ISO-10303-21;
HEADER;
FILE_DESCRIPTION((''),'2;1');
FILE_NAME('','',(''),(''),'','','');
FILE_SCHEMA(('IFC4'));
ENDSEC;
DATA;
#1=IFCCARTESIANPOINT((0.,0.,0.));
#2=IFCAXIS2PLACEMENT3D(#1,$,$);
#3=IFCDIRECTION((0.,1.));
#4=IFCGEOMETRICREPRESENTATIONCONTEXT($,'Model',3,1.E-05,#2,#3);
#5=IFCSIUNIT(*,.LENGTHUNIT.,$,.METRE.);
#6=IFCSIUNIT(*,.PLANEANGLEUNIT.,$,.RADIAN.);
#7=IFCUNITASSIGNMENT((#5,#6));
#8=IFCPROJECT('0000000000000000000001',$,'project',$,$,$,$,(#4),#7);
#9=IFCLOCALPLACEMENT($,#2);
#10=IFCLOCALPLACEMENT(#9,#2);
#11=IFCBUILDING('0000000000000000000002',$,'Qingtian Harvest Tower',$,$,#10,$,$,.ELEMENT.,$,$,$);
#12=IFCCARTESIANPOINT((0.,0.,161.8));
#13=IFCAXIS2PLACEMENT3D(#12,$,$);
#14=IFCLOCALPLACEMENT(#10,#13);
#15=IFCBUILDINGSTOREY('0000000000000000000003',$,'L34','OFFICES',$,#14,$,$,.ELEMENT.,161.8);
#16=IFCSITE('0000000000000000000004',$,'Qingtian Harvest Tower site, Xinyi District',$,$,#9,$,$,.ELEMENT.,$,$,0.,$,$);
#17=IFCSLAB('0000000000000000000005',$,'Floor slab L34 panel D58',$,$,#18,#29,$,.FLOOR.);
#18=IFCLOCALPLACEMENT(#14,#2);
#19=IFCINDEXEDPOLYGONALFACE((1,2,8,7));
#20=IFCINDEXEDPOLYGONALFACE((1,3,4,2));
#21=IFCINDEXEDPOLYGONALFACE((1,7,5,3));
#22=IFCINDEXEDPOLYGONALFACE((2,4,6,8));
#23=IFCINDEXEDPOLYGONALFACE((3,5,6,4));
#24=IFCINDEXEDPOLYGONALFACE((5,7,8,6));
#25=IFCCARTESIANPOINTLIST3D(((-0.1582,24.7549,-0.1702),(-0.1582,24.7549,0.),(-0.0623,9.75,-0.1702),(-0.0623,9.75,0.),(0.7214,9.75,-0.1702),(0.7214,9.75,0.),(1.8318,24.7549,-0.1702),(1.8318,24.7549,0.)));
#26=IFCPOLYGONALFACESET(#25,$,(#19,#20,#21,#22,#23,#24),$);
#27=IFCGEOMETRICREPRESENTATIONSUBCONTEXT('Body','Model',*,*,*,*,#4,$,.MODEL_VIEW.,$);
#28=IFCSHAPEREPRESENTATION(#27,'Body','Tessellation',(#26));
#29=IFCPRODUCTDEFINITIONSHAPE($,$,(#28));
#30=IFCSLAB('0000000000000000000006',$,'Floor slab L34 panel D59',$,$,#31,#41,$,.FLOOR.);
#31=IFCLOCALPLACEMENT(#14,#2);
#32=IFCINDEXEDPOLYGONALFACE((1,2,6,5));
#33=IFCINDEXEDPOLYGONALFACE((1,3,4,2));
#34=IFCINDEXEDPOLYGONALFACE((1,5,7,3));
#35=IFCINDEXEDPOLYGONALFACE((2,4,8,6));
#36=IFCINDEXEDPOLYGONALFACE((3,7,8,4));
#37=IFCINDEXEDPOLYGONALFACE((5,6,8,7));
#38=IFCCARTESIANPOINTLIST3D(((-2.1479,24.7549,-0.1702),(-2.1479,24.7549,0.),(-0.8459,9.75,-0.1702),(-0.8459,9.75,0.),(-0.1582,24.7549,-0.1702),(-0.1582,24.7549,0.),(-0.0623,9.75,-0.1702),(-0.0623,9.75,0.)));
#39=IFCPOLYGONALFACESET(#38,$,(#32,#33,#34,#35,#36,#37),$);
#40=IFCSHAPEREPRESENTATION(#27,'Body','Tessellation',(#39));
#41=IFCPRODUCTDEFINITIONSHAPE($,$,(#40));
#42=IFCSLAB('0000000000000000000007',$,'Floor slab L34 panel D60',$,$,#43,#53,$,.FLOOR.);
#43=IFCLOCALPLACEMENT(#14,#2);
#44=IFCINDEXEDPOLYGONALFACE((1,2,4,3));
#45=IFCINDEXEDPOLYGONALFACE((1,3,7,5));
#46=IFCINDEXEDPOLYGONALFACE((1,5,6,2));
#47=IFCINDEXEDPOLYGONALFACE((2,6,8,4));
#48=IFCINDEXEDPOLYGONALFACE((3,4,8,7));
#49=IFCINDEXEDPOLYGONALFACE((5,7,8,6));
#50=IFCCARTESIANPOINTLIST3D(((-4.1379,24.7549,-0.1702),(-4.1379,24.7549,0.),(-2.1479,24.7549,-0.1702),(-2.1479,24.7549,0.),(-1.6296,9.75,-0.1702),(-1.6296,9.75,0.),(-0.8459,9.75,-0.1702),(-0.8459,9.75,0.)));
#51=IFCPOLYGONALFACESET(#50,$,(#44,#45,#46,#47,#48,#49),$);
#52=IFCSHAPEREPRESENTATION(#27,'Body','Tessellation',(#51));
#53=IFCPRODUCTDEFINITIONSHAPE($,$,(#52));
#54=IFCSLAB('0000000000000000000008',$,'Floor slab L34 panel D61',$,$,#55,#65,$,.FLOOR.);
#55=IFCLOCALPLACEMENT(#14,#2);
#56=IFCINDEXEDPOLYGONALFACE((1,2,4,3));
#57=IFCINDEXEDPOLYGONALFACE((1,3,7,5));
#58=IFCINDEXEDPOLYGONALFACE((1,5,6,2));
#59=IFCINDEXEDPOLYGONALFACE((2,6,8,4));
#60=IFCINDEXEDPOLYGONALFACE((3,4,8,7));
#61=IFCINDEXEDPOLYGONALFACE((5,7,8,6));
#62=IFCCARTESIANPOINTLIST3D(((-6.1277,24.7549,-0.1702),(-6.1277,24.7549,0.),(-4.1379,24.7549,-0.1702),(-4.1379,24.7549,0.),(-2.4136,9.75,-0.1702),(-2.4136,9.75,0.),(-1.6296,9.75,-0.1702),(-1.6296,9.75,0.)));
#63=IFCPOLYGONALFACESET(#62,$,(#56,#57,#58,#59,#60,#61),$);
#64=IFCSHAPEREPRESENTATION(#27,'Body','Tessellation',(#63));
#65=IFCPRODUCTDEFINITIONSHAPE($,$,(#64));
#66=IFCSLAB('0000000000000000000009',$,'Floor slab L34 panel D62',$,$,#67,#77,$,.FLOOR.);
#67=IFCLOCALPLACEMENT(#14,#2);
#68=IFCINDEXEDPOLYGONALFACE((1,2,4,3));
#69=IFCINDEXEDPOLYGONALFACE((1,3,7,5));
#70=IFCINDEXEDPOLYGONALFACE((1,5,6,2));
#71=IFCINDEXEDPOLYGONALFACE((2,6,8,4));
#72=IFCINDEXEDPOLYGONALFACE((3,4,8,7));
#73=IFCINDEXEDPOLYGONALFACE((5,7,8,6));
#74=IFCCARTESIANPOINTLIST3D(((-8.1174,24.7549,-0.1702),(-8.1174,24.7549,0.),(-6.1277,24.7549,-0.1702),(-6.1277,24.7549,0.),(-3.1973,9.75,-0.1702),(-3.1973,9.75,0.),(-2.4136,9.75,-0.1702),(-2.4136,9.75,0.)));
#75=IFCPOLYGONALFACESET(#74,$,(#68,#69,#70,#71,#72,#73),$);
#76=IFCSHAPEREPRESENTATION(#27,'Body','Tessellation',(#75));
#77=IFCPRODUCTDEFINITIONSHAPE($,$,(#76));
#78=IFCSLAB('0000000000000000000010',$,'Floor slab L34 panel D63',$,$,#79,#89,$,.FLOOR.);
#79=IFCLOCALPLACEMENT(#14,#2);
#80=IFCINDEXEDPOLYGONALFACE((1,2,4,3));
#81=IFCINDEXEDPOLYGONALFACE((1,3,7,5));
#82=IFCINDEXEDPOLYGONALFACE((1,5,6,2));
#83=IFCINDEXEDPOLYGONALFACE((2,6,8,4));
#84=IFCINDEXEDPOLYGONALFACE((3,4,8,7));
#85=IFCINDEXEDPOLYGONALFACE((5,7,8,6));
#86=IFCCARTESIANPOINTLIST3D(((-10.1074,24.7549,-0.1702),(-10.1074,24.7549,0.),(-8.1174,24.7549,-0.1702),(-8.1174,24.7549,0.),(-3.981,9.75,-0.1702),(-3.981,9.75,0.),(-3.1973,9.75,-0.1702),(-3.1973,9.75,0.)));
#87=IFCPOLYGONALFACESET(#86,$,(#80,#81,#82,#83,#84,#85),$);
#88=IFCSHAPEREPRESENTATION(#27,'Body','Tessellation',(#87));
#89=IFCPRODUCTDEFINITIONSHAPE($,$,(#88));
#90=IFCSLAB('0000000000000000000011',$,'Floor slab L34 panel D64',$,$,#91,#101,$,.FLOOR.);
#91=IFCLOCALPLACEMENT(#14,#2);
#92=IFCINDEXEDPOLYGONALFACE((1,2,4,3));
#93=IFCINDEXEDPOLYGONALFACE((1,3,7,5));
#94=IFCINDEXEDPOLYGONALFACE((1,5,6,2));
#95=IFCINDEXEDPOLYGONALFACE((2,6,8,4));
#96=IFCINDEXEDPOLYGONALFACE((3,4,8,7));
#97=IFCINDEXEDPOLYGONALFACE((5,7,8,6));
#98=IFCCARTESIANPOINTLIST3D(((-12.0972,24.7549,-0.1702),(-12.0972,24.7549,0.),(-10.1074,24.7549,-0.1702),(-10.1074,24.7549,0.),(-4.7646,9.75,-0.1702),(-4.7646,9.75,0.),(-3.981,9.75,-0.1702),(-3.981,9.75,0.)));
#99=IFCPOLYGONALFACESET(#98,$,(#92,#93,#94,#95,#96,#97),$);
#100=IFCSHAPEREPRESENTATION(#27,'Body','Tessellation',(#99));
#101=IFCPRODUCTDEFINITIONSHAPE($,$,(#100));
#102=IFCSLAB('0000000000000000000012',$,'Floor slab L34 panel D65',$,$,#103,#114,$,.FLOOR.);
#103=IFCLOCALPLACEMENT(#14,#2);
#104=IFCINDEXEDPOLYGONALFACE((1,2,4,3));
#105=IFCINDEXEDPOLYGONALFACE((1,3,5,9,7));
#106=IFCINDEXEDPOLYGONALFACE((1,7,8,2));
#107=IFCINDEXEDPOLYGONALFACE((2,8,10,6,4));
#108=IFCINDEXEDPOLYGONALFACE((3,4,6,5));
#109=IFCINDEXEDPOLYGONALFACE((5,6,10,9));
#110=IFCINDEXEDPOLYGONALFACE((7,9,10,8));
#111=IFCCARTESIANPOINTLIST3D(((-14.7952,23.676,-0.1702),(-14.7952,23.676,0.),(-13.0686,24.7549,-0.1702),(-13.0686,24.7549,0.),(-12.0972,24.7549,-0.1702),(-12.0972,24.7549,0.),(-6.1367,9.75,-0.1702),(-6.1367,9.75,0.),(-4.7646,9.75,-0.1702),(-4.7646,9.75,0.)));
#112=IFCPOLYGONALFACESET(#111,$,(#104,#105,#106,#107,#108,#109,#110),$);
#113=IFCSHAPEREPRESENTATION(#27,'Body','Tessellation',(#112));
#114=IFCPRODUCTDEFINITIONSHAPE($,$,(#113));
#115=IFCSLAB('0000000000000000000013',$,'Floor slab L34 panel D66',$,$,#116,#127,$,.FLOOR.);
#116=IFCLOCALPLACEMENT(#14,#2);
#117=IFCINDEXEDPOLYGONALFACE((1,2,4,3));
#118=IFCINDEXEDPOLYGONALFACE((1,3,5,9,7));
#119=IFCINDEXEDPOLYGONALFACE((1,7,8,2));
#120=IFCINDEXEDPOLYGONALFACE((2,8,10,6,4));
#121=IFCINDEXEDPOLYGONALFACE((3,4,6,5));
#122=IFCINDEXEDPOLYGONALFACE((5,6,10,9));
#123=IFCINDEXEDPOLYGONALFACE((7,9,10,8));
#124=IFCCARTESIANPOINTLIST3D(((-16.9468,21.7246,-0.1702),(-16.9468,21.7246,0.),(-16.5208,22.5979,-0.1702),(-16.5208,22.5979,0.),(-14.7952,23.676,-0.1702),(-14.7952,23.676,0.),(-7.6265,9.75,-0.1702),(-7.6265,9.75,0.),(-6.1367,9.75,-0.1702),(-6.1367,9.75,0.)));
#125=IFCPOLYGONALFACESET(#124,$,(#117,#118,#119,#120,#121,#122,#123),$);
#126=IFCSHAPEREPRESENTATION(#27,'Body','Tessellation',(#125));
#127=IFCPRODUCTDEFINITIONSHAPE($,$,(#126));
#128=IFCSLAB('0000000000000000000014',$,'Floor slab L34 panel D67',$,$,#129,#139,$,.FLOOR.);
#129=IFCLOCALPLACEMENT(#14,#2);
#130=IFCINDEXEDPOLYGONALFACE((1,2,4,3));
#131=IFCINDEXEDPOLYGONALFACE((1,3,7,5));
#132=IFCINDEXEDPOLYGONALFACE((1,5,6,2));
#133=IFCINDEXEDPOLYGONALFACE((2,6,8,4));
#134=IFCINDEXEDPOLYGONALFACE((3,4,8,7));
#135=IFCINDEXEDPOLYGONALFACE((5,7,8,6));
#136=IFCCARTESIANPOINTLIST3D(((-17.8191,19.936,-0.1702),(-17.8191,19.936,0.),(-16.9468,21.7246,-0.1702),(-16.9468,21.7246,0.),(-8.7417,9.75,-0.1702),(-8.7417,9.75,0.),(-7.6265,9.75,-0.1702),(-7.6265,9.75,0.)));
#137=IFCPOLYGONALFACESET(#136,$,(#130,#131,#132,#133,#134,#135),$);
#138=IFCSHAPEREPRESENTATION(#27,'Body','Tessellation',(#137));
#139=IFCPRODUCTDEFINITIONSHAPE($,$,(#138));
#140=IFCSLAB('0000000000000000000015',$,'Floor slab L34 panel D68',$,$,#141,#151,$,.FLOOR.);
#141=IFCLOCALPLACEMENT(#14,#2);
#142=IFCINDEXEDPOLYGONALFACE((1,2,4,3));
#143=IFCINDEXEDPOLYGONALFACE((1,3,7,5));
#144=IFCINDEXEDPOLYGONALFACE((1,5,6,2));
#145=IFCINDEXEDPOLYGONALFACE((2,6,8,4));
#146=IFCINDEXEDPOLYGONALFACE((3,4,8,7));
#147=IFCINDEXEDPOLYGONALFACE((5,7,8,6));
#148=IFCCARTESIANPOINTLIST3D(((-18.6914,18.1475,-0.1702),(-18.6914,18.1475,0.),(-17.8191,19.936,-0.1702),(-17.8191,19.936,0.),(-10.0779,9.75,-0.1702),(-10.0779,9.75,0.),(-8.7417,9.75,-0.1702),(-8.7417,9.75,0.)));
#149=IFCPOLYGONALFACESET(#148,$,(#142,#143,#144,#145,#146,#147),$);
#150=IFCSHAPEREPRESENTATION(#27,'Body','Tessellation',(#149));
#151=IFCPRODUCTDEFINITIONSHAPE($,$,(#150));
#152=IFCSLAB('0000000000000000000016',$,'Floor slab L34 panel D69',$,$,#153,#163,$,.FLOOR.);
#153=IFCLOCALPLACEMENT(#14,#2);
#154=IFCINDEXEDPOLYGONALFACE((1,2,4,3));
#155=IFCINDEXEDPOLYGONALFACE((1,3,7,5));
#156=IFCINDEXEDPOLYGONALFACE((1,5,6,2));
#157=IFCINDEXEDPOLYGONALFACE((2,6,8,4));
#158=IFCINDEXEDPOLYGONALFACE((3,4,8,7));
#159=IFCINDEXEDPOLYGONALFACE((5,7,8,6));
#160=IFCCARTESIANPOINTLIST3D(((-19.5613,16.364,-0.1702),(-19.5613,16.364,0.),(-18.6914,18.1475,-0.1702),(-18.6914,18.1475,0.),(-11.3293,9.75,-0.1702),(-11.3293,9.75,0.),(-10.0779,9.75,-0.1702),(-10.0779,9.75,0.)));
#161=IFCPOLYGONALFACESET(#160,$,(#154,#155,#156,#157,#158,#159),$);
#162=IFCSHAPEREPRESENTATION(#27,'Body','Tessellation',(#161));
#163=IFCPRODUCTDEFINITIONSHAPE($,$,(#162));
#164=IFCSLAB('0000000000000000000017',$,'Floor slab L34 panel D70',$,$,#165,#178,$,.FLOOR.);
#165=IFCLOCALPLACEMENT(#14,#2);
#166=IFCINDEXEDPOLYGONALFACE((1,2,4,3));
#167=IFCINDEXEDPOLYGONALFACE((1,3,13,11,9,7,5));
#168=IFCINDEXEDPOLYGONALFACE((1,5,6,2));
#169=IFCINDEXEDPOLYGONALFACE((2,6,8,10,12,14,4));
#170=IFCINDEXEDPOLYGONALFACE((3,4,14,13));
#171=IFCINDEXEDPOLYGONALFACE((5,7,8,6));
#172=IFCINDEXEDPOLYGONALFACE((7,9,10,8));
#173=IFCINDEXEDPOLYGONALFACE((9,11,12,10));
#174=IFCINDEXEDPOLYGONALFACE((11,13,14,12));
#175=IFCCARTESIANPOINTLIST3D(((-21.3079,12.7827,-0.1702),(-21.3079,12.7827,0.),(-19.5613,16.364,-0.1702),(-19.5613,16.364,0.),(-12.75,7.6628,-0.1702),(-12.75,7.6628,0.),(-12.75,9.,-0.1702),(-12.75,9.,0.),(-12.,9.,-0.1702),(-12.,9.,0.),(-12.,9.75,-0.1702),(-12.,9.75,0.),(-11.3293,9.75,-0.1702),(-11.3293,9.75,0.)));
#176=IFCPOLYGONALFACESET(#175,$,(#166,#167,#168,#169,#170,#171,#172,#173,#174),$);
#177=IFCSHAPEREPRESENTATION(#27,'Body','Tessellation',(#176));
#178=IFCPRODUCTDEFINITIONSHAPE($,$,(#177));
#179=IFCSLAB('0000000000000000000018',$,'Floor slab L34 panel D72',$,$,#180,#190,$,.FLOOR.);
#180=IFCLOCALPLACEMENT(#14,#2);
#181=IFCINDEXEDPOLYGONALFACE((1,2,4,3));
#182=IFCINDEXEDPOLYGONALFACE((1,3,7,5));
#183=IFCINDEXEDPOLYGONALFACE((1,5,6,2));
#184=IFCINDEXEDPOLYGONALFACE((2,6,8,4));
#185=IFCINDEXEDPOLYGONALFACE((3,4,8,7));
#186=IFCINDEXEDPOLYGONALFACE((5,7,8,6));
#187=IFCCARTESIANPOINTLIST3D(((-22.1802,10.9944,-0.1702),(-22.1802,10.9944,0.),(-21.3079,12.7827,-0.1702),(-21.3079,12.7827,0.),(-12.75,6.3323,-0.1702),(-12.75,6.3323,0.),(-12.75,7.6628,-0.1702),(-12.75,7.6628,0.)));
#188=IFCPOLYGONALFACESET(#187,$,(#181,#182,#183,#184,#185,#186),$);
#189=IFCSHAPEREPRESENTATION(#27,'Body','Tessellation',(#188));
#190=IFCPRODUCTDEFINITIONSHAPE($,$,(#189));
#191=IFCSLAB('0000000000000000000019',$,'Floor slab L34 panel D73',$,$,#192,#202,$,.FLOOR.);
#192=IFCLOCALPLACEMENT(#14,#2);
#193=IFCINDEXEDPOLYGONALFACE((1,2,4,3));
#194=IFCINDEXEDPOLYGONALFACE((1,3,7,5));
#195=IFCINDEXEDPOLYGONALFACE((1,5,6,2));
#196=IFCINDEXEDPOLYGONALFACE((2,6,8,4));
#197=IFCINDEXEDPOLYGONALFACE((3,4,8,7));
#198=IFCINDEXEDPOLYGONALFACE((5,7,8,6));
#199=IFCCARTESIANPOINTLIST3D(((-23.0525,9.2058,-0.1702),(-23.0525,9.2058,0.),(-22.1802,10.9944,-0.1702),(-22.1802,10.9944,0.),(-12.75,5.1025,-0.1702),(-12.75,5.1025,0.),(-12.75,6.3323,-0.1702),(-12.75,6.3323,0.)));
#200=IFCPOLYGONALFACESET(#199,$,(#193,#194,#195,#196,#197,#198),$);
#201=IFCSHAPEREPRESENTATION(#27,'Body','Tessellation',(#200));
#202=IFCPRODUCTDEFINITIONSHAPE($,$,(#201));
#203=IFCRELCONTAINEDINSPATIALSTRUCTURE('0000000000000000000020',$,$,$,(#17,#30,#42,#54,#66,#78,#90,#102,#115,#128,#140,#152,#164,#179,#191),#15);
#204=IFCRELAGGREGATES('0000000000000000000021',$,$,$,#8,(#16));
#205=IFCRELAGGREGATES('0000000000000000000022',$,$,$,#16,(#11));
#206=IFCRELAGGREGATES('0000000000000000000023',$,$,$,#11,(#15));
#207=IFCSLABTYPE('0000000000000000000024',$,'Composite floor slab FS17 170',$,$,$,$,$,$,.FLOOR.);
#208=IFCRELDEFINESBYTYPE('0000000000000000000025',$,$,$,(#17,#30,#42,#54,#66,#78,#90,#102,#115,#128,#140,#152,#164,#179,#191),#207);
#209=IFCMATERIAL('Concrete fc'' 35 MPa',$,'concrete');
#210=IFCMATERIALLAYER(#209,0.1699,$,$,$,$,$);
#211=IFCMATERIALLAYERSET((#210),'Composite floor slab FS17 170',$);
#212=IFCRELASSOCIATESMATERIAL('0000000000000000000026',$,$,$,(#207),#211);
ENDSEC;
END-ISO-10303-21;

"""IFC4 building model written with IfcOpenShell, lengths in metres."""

from ifc_helpers import new_model, si_unit, direction, frame, origin, place, context, subcontext, project, spatial, polyline, outline, extrude, material, layer, layer_set, type_object, element, save


model = new_model("IFC4")

# Units and contexts
model_context = context("Model", 3, precision=1e-05, world=origin(), true_north=direction((0.0, 1.0)))
body_context = subcontext(model_context, "Body", "Model", "MODEL_VIEW")
ifc_project = project(units=[si_unit("LENGTHUNIT", "METRE"), si_unit("PLANEANGLEUNIT", "RADIAN")], contexts=[model_context])

# Site, building, storey
site_placement = place(None, origin())
site = spatial("IfcSite", under=ifc_project, at=site_placement, Name="Qingtian Harvest Tower site, Xinyi District", CompositionType="ELEMENT", RefElevation=0.0)
building_placement = place(site_placement, origin())
building = spatial("IfcBuilding", under=site, at=building_placement, Name="Qingtian Harvest Tower", CompositionType="ELEMENT")
storey_placement = place(building_placement, frame((0.0, 0.0, 161.8)))
storey = spatial("IfcBuildingStorey", under=building, at=storey_placement, Name="L34", Description="OFFICES", CompositionType="ELEMENT", Elevation=161.8)

# Slabs
ifc_material_1 = material(Name="Concrete fc' 35 MPa", Category="concrete")
ifc_layer_1 = layer(ifc_material_1, 0.1699)
ifc_layer_set_1 = layer_set([ifc_layer_1], Name="Composite floor slab FS17 170")
slab_type = type_object("IfcSlabType", Name="Composite floor slab FS17 170", PredefinedType="FLOOR", material=ifc_layer_set_1)
slab_1_placement = place(storey_placement, frame((0.0, 0.0, -0.1702)))
element("IfcSlab", 1, at=slab_1_placement, inside=storey, type_object=slab_type, Name="Floor slab L34 panel D58", PredefinedType="FLOOR", context=body_context, shape_type="SweptSolid", body=[
    extrude(outline(polyline([(-0.0623, 9.75), (-0.1582, 24.7549), (1.8318, 24.7549), (0.7214, 9.75), (-0.0623, 9.75)])), origin(), (0.0, 0.0, 1.0), 0.1702),
])
slab_2_placement = place(storey_placement, frame((0.0, 0.0, -0.1702)))
element("IfcSlab", 2, at=slab_2_placement, inside=storey, type_object=slab_type, Name="Floor slab L34 panel D59", PredefinedType="FLOOR", context=body_context, shape_type="SweptSolid", body=[
    extrude(outline(polyline([(-0.8459, 9.75), (-2.1479, 24.7549), (-0.1582, 24.7549), (-0.0623, 9.75), (-0.8459, 9.75)])), origin(), (0.0, 0.0, 1.0), 0.1702),
])
slab_3_placement = place(storey_placement, frame((0.0, 0.0, -0.1702)))
element("IfcSlab", 3, at=slab_3_placement, inside=storey, type_object=slab_type, Name="Floor slab L34 panel D60", PredefinedType="FLOOR", context=body_context, shape_type="SweptSolid", body=[
    extrude(outline(polyline([(-1.6296, 9.75), (-4.1379, 24.7549), (-2.1479, 24.7549), (-0.8459, 9.75), (-1.6296, 9.75)])), origin(), (0.0, 0.0, 1.0), 0.1702),
])
slab_4_placement = place(storey_placement, frame((0.0, 0.0, -0.1702)))
element("IfcSlab", 4, at=slab_4_placement, inside=storey, type_object=slab_type, Name="Floor slab L34 panel D61", PredefinedType="FLOOR", context=body_context, shape_type="SweptSolid", body=[
    extrude(outline(polyline([(-2.4136, 9.75), (-6.1277, 24.7549), (-4.1379, 24.7549), (-1.6296, 9.75), (-2.4136, 9.75)])), origin(), (0.0, 0.0, 1.0), 0.1702),
])
slab_5_placement = place(storey_placement, frame((0.0, 0.0, -0.1702)))
element("IfcSlab", 5, at=slab_5_placement, inside=storey, type_object=slab_type, Name="Floor slab L34 panel D62", PredefinedType="FLOOR", context=body_context, shape_type="SweptSolid", body=[
    extrude(outline(polyline([(-3.1973, 9.75), (-8.1174, 24.7549), (-6.1277, 24.7549), (-2.4136, 9.75), (-3.1973, 9.75)])), origin(), (0.0, 0.0, 1.0), 0.1702),
])
slab_6_placement = place(storey_placement, frame((0.0, 0.0, -0.1702)))
element("IfcSlab", 6, at=slab_6_placement, inside=storey, type_object=slab_type, Name="Floor slab L34 panel D63", PredefinedType="FLOOR", context=body_context, shape_type="SweptSolid", body=[
    extrude(outline(polyline([(-3.981, 9.75), (-10.1074, 24.7549), (-8.1174, 24.7549), (-3.1973, 9.75), (-3.981, 9.75)])), origin(), (0.0, 0.0, 1.0), 0.1702),
])
slab_7_placement = place(storey_placement, frame((0.0, 0.0, -0.1702)))
element("IfcSlab", 7, at=slab_7_placement, inside=storey, type_object=slab_type, Name="Floor slab L34 panel D64", PredefinedType="FLOOR", context=body_context, shape_type="SweptSolid", body=[
    extrude(outline(polyline([(-4.7646, 9.75), (-12.0972, 24.7549), (-10.1074, 24.7549), (-3.981, 9.75), (-4.7646, 9.75)])), origin(), (0.0, 0.0, 1.0), 0.1702),
])
slab_8_placement = place(storey_placement, frame((0.0, 0.0, -0.1702)))
element("IfcSlab", 8, at=slab_8_placement, inside=storey, type_object=slab_type, Name="Floor slab L34 panel D65", PredefinedType="FLOOR", context=body_context, shape_type="SweptSolid", body=[
    extrude(outline(polyline([(-4.7646, 9.75), (-6.1367, 9.75), (-14.7952, 23.676), (-13.0686, 24.7549), (-12.0972, 24.7549), (-4.7646, 9.75)])), origin(), (0.0, 0.0, 1.0), 0.1702),
])
slab_9_placement = place(storey_placement, frame((0.0, 0.0, -0.1702)))
element("IfcSlab", 9, at=slab_9_placement, inside=storey, type_object=slab_type, Name="Floor slab L34 panel D66", PredefinedType="FLOOR", context=body_context, shape_type="SweptSolid", body=[
    extrude(outline(polyline([(-6.1367, 9.75), (-7.6265, 9.75), (-16.9468, 21.7246), (-16.5208, 22.5979), (-14.7952, 23.676), (-6.1367, 9.75)])), origin(), (0.0, 0.0, 1.0), 0.1702),
])
slab_10_placement = place(storey_placement, frame((0.0, 0.0, -0.1702)))
element("IfcSlab", 10, at=slab_10_placement, inside=storey, type_object=slab_type, Name="Floor slab L34 panel D67", PredefinedType="FLOOR", context=body_context, shape_type="SweptSolid", body=[
    extrude(outline(polyline([(-8.7417, 9.75), (-17.8191, 19.936), (-16.9468, 21.7246), (-7.6265, 9.75), (-8.7417, 9.75)])), origin(), (0.0, 0.0, 1.0), 0.1702),
])
slab_11_placement = place(storey_placement, frame((0.0, 0.0, -0.1702)))
element("IfcSlab", 11, at=slab_11_placement, inside=storey, type_object=slab_type, Name="Floor slab L34 panel D68", PredefinedType="FLOOR", context=body_context, shape_type="SweptSolid", body=[
    extrude(outline(polyline([(-10.0779, 9.75), (-18.6914, 18.1475), (-17.8191, 19.936), (-8.7417, 9.75), (-10.0779, 9.75)])), origin(), (0.0, 0.0, 1.0), 0.1702),
])
slab_12_placement = place(storey_placement, frame((0.0, 0.0, -0.1702)))
element("IfcSlab", 12, at=slab_12_placement, inside=storey, type_object=slab_type, Name="Floor slab L34 panel D69", PredefinedType="FLOOR", context=body_context, shape_type="SweptSolid", body=[
    extrude(outline(polyline([(-11.3293, 9.75), (-19.5613, 16.364), (-18.6914, 18.1475), (-10.0779, 9.75), (-11.3293, 9.75)])), origin(), (0.0, 0.0, 1.0), 0.1702),
])
slab_13_placement = place(storey_placement, frame((0.0, 0.0, -0.1702)))
element("IfcSlab", 13, at=slab_13_placement, inside=storey, type_object=slab_type, Name="Floor slab L34 panel D70", PredefinedType="FLOOR", context=body_context, shape_type="SweptSolid", body=[
    extrude(outline(polyline([(-12.0, 9.0), (-12.75, 9.0), (-12.75, 7.6628), (-21.3079, 12.7827), (-19.5613, 16.364), (-11.3293, 9.75), (-12.0, 9.75), (-12.0, 9.0)])), origin(), (0.0, 0.0, 1.0), 0.1702),
])
slab_14_placement = place(storey_placement, frame((0.0, 0.0, -0.1702)))
element("IfcSlab", 14, at=slab_14_placement, inside=storey, type_object=slab_type, Name="Floor slab L34 panel D72", PredefinedType="FLOOR", context=body_context, shape_type="SweptSolid", body=[
    extrude(outline(polyline([(-12.75, 6.3323), (-22.1802, 10.9944), (-21.3079, 12.7827), (-12.75, 7.6628), (-12.75, 6.3323)])), origin(), (0.0, 0.0, 1.0), 0.1702),
])
slab_15_placement = place(storey_placement, frame((0.0, 0.0, -0.1702)))
element("IfcSlab", 15, at=slab_15_placement, inside=storey, type_object=slab_type, Name="Floor slab L34 panel D73", PredefinedType="FLOOR", context=body_context, shape_type="SweptSolid", body=[
    extrude(outline(polyline([(-12.75, 5.1025), (-23.0525, 9.2058), (-22.1802, 10.9944), (-12.75, 6.3323), (-12.75, 5.1025)])), origin(), (0.0, 0.0, 1.0), 0.1702),
])

save(model, "model.ifc")
